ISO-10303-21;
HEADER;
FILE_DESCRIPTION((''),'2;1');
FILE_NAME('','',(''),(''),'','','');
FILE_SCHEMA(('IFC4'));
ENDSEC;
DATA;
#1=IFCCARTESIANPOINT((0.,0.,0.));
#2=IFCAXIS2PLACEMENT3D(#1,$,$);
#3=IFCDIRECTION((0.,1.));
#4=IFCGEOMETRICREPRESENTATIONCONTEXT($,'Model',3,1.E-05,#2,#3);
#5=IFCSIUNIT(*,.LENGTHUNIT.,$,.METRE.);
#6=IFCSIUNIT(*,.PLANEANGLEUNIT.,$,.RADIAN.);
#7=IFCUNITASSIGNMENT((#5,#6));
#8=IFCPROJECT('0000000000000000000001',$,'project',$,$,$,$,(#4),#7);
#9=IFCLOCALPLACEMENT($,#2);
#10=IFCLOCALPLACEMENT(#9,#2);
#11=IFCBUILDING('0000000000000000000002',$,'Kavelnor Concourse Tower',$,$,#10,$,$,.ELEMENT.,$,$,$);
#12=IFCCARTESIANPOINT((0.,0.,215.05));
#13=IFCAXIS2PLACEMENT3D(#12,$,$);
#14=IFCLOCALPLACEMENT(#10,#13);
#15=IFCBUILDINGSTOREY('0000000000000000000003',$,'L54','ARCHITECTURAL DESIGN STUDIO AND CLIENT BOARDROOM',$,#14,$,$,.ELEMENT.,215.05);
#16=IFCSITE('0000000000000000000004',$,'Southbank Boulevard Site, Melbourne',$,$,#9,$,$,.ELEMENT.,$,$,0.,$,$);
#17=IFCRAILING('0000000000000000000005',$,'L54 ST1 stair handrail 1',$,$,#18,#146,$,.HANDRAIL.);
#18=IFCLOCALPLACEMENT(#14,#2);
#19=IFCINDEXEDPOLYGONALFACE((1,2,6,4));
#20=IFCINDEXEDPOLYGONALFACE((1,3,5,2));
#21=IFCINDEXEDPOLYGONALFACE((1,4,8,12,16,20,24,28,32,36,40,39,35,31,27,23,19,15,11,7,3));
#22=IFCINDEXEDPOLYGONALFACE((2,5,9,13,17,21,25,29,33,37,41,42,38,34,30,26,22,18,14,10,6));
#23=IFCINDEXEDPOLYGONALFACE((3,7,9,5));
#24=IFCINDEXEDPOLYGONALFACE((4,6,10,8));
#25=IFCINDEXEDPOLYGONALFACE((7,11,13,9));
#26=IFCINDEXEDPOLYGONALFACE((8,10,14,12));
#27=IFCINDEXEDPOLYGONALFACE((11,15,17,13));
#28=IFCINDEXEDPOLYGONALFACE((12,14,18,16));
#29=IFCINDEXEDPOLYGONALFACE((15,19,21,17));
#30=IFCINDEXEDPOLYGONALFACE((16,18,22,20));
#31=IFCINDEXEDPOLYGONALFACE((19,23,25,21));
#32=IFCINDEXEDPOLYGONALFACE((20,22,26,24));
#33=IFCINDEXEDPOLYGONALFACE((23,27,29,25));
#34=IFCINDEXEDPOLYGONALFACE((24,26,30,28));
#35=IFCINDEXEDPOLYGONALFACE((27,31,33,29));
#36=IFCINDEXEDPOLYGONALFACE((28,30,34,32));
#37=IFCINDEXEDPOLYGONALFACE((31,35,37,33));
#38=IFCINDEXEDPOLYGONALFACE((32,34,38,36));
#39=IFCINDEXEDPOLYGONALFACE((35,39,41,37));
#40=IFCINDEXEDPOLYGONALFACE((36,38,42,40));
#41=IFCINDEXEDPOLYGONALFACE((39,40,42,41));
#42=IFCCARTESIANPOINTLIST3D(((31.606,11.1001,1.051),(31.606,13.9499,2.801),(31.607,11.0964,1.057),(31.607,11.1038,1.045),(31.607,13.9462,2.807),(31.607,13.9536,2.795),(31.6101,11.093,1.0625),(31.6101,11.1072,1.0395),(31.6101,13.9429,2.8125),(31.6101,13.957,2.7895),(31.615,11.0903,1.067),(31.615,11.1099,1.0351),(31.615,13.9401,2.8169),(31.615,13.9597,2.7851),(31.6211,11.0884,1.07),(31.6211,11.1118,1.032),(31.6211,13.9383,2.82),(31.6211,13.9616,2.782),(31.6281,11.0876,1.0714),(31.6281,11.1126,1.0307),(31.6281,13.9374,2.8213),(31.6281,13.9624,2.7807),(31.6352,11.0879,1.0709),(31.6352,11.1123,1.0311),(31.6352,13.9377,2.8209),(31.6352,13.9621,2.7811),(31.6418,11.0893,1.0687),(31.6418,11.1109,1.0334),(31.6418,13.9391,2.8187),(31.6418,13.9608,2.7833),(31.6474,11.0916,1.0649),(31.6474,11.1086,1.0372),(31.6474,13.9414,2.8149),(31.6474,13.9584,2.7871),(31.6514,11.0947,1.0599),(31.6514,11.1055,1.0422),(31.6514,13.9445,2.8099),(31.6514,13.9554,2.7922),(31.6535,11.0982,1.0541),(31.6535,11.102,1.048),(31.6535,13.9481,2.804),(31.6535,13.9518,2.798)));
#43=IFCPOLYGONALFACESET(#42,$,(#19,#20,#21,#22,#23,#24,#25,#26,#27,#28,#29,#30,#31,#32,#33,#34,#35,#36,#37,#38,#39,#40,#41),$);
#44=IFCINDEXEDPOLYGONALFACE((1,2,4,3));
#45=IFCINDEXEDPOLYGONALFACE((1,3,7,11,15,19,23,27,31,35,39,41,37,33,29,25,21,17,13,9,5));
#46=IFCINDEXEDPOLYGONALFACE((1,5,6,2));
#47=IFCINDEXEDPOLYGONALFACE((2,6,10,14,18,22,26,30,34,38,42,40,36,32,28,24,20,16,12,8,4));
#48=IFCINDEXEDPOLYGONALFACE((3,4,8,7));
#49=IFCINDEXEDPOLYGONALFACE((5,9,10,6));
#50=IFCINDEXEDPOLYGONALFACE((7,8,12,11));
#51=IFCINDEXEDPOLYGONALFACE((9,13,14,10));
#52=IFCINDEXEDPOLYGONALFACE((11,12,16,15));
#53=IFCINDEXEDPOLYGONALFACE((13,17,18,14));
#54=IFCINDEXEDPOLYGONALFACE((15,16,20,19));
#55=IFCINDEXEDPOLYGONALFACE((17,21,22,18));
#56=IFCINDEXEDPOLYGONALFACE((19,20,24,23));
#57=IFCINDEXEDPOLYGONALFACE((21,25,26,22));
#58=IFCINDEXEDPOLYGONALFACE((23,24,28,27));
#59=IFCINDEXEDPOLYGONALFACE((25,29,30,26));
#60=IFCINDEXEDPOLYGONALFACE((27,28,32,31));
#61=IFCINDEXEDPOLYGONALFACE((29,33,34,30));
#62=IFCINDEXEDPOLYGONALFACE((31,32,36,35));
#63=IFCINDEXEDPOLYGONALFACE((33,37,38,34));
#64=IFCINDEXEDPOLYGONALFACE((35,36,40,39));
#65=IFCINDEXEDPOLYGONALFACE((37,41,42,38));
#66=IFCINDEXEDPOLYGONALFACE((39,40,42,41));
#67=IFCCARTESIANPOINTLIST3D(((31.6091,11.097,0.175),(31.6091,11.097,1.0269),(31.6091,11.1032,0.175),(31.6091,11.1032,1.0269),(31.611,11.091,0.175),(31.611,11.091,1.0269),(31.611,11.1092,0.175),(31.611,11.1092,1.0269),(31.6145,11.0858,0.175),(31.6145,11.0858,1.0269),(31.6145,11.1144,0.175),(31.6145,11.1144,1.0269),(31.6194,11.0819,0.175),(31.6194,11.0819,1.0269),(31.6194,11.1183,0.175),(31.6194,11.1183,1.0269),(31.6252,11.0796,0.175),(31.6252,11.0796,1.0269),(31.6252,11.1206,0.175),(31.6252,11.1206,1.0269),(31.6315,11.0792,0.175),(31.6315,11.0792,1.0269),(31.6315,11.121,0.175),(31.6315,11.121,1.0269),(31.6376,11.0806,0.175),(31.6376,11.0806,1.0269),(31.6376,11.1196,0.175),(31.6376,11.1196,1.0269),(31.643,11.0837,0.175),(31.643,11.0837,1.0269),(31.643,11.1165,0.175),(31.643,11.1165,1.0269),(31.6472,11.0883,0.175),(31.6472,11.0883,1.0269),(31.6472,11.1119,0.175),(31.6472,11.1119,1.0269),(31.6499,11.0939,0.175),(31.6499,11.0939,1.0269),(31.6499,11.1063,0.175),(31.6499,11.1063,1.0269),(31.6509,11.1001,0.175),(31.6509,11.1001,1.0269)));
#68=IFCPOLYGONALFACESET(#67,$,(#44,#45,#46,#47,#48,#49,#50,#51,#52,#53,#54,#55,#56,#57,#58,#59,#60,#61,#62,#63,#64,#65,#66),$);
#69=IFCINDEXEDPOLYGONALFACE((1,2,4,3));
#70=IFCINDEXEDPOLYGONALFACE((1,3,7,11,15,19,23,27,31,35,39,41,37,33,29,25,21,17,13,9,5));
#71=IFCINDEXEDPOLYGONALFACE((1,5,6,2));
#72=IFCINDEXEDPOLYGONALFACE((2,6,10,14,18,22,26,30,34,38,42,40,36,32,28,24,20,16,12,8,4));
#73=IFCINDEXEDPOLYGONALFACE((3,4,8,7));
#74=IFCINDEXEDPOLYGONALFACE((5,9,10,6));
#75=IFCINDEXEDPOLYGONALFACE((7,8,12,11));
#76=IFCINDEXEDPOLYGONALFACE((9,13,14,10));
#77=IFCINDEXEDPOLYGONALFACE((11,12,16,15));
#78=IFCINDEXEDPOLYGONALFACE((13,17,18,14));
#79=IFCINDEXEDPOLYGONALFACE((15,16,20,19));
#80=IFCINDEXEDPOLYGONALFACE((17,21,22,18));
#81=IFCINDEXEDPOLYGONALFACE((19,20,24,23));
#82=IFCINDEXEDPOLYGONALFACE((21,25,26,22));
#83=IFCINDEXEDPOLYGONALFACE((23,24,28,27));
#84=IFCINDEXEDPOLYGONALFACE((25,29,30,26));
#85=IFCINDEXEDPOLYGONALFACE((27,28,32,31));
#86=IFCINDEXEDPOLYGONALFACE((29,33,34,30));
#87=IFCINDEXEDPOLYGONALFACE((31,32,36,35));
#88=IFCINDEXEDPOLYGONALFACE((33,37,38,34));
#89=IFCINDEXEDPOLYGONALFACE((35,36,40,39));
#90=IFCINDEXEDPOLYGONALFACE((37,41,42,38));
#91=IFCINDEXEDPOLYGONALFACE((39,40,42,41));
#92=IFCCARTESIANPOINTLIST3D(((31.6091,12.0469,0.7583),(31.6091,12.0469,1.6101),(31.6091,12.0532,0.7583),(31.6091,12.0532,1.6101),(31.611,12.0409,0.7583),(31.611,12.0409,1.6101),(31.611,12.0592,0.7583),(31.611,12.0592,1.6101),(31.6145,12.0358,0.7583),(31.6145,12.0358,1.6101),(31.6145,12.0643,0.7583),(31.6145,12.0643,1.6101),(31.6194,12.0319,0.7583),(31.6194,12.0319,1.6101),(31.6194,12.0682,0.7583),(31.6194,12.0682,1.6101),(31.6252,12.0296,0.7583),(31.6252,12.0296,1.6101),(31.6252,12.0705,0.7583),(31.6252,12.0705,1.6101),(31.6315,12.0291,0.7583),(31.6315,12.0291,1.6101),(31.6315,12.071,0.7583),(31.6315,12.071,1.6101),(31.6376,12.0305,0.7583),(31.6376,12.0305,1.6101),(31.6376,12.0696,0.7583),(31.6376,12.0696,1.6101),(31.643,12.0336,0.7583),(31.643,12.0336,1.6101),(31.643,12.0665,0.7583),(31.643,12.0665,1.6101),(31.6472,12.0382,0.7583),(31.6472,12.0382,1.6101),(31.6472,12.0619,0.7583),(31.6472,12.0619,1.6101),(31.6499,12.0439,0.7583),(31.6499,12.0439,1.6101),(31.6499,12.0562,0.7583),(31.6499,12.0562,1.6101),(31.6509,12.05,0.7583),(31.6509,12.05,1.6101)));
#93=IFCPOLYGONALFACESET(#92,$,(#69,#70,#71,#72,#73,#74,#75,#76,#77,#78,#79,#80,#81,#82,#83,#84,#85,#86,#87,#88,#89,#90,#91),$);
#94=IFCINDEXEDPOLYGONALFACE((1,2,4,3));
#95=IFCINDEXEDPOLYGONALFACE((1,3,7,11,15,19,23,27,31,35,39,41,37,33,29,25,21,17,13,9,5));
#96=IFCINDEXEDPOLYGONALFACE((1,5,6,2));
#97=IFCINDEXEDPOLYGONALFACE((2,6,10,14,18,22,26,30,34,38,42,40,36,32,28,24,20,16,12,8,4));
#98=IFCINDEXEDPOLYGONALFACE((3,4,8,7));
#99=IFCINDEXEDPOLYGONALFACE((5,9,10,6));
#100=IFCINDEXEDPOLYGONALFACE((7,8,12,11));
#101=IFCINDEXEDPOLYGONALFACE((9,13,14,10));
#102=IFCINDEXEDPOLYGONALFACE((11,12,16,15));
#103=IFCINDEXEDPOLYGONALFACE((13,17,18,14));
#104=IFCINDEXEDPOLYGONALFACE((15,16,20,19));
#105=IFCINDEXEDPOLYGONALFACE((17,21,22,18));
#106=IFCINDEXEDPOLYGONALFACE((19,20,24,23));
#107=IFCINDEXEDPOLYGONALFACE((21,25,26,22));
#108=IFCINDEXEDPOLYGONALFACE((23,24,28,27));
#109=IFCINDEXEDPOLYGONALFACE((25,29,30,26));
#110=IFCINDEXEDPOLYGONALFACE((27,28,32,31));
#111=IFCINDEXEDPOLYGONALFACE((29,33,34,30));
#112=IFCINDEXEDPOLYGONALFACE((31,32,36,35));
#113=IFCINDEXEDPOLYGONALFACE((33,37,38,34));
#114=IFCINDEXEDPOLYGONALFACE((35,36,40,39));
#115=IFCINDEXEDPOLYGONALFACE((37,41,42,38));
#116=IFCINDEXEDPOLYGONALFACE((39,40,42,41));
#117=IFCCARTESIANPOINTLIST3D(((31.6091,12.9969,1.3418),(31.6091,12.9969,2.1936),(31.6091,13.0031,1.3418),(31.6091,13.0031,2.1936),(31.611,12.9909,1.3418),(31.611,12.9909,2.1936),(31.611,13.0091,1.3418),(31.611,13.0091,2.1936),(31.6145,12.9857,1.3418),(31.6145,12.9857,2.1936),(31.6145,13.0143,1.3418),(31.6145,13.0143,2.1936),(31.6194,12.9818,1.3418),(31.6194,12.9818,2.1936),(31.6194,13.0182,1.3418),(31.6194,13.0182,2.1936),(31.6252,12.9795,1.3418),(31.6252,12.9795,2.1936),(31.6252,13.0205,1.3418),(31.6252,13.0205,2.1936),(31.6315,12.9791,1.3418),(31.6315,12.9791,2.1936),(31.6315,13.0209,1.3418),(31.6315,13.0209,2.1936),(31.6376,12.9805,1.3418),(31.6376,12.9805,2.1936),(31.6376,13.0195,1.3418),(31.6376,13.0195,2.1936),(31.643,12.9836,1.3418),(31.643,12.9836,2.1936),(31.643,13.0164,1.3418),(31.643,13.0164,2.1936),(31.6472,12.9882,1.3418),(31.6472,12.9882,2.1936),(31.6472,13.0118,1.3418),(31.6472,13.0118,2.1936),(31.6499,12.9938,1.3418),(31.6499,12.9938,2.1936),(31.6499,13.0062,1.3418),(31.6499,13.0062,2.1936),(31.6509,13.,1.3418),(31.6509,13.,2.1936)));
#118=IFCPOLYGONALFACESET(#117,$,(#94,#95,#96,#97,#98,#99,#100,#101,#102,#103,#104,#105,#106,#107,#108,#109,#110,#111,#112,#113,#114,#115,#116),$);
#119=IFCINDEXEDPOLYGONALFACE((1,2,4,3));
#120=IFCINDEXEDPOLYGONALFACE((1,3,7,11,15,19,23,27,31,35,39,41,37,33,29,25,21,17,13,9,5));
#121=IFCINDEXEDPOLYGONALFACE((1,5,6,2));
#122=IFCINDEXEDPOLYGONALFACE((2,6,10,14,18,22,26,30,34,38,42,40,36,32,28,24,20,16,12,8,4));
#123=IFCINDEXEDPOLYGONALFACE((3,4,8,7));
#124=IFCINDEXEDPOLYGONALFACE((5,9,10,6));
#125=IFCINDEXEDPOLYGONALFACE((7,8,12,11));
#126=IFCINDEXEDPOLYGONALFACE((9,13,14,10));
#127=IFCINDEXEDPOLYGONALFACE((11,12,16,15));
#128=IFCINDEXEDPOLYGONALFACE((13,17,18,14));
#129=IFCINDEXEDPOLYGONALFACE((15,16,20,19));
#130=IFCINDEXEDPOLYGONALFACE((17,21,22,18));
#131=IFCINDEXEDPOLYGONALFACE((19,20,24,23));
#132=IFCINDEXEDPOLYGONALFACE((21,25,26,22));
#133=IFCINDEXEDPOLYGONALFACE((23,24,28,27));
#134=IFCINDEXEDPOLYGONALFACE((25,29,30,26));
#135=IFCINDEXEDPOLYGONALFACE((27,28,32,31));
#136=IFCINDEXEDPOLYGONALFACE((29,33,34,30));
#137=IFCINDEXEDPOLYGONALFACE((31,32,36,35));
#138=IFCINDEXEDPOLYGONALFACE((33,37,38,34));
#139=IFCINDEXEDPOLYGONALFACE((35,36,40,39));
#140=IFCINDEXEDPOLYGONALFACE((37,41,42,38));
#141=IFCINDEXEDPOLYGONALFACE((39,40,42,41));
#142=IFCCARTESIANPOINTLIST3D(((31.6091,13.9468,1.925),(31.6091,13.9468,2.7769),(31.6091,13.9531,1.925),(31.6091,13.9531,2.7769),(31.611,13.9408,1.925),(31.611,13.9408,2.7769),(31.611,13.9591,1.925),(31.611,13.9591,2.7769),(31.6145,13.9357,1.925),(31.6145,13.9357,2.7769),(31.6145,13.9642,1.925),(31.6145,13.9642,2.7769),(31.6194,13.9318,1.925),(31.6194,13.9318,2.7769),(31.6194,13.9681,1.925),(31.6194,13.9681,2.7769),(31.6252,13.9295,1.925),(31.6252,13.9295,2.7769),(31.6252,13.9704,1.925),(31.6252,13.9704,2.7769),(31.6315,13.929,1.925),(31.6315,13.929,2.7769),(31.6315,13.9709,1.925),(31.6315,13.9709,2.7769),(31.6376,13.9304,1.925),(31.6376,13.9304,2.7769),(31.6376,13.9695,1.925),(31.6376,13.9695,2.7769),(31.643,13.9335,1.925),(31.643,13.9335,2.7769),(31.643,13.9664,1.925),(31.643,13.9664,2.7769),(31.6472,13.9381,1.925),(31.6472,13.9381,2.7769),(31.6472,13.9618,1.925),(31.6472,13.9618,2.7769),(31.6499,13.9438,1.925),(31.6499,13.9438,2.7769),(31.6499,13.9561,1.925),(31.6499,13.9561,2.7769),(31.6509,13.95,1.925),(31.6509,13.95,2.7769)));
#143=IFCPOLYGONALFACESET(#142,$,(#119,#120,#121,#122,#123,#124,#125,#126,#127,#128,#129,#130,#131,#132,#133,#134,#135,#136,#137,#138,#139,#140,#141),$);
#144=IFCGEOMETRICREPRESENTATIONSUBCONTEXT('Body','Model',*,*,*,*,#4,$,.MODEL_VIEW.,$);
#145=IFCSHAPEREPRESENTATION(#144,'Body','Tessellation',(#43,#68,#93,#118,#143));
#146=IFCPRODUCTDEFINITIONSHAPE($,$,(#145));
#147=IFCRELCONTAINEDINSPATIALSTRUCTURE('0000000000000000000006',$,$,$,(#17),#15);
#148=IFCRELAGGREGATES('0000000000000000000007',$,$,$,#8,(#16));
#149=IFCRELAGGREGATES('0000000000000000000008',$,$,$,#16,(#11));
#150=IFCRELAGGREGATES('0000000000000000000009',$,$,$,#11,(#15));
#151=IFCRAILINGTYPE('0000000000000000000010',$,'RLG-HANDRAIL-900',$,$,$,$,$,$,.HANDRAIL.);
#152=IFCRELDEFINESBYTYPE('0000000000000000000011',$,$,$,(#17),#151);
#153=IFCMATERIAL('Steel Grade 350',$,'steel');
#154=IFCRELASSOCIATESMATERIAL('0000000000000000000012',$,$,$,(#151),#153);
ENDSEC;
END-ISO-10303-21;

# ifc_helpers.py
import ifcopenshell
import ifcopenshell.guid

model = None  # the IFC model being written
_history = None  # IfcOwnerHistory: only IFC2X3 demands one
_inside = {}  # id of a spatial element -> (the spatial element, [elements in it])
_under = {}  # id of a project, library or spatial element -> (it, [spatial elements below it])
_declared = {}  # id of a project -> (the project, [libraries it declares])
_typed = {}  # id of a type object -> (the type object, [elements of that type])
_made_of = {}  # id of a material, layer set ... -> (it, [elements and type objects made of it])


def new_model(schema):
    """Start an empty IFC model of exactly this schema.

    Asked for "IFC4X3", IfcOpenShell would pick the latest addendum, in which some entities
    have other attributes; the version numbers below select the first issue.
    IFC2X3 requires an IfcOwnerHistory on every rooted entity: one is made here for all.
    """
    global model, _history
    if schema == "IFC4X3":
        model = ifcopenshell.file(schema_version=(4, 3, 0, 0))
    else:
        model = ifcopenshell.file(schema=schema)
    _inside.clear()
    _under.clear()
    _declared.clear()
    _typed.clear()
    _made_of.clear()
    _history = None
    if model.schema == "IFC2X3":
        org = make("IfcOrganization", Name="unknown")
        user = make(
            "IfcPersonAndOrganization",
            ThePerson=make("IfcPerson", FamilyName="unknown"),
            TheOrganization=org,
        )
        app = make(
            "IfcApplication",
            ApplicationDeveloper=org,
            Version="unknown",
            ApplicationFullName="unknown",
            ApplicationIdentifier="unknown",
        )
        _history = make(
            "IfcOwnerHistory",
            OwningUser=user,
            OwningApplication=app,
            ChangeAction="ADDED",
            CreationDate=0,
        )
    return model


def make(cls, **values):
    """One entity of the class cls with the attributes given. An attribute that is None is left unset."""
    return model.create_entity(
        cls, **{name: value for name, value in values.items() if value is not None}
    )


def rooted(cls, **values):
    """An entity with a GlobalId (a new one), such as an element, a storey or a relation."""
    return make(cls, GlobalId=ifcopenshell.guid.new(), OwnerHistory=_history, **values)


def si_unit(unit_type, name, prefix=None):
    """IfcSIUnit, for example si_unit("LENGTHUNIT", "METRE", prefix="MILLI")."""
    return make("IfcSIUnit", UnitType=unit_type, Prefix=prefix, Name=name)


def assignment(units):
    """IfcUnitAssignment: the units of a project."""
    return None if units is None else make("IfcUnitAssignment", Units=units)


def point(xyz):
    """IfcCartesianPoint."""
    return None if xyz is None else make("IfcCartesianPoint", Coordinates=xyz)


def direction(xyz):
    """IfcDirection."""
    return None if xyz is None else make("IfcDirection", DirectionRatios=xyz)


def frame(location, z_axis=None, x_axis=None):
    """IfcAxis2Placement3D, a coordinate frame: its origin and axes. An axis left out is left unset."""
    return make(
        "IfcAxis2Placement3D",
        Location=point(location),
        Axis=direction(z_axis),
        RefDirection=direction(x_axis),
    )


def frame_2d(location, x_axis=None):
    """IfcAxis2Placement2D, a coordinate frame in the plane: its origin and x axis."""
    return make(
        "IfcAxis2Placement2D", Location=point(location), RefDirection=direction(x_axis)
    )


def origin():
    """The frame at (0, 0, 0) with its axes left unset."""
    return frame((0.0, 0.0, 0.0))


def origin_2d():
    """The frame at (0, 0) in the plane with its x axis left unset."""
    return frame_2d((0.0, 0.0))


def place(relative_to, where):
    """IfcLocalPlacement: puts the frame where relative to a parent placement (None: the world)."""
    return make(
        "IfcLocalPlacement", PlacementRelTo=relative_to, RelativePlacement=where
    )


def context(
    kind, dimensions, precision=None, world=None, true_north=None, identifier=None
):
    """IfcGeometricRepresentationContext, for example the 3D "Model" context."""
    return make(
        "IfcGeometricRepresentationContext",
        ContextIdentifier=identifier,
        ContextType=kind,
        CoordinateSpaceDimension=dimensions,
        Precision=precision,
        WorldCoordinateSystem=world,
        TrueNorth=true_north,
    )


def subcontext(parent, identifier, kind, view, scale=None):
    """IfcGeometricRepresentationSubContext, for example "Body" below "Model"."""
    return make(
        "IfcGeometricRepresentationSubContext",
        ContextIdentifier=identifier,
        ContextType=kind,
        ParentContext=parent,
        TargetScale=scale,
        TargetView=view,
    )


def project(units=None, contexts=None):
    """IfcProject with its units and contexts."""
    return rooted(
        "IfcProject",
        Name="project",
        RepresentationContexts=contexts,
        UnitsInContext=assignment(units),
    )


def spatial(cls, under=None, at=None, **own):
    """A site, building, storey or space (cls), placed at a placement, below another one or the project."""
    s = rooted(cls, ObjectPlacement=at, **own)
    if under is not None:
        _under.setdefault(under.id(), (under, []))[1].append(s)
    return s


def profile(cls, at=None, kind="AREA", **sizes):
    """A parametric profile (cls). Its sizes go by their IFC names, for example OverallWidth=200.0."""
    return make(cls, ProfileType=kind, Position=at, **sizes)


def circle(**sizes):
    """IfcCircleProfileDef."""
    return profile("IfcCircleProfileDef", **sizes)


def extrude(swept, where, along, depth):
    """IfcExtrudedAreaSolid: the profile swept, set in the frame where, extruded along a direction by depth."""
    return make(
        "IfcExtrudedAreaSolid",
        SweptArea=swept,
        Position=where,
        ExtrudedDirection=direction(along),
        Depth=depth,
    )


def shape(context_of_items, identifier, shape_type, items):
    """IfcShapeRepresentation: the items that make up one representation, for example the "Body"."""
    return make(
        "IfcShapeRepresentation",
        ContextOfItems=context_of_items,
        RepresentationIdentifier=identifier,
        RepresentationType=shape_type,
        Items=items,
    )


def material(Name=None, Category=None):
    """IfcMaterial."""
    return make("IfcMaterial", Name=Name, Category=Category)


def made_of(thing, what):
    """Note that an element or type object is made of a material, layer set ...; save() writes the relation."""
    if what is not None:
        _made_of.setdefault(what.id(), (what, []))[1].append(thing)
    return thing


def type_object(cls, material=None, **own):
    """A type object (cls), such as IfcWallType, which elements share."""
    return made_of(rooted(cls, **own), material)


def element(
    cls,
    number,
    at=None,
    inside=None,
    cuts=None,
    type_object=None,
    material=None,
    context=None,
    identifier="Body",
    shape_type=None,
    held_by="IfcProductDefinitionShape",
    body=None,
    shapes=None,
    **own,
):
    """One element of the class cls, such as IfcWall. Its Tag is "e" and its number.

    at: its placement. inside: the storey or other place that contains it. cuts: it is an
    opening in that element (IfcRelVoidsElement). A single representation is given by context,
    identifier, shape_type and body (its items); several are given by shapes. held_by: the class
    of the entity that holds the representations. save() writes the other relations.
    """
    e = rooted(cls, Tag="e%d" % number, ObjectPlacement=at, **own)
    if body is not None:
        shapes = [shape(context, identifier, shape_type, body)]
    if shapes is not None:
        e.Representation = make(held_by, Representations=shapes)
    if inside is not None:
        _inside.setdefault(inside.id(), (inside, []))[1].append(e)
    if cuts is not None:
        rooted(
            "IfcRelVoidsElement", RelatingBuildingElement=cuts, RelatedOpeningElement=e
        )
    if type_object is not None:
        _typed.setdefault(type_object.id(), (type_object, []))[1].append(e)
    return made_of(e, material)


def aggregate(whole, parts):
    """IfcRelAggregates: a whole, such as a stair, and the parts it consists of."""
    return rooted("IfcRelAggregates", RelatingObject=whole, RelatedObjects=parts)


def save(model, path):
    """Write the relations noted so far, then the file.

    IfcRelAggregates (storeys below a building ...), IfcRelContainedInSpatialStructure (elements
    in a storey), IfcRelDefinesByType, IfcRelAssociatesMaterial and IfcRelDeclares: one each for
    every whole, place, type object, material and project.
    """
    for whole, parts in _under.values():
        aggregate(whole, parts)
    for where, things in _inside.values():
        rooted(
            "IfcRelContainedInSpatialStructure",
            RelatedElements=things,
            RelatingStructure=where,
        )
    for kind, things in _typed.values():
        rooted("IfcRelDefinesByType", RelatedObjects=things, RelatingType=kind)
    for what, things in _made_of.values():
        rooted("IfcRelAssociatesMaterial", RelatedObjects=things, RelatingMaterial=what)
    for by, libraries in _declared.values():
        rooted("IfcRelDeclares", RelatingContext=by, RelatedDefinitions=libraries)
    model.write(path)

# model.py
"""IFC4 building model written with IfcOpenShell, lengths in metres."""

from ifc_helpers import new_model, si_unit, direction, frame, origin, origin_2d, place, context, subcontext, project, spatial, circle, extrude, material, type_object, element, save


model = new_model("IFC4")

# Units and contexts
model_context = context("Model", 3, precision=1e-05, world=origin(), true_north=direction((0.0, 1.0)))
body_context = subcontext(model_context, "Body", "Model", "MODEL_VIEW")
ifc_project = project(units=[si_unit("LENGTHUNIT", "METRE"), si_unit("PLANEANGLEUNIT", "RADIAN")], contexts=[model_context])

# Site, building, storey
site_placement = place(None, origin())
site = spatial("IfcSite", under=ifc_project, at=site_placement, Name="Southbank Boulevard Site, Melbourne", CompositionType="ELEMENT", RefElevation=0.0)
building_placement = place(site_placement, origin())
building = spatial("IfcBuilding", under=site, at=building_placement, Name="Kavelnor Concourse Tower", CompositionType="ELEMENT")
storey_placement = place(building_placement, frame((0.0, 0.0, 215.05)))
storey = spatial("IfcBuildingStorey", under=building, at=storey_placement, Name="L54", Description="ARCHITECTURAL DESIGN STUDIO AND CLIENT BOARDROOM", CompositionType="ELEMENT", Elevation=215.05)

# Shared definitions
ifc_material_1 = material(Name="Steel Grade 350", Category="steel")

# Railing
railing_type_1 = type_object("IfcRailingType", Name="RLG-HANDRAIL-900", PredefinedType="HANDRAIL", material=ifc_material_1)
railing_1_placement = place(storey_placement, frame((31.6299, 11.1001, 0.175)))
element("IfcRailing", 1, at=railing_1_placement, inside=storey, type_object=railing_type_1, Name="L54 ST1 stair handrail 1", PredefinedType="HANDRAIL", context=body_context, shape_type="SweptSolid", body=[
    extrude(circle(Radius=0.0239, at=origin_2d()), frame((0.0, 0.0, 0.876), z_axis=(0.0, 0.852159, 0.523283), x_axis=(-1.0, 0.0, 0.0)), (0.0, 0.0, 1.0), 3.3442),
    extrude(circle(Radius=0.021, at=origin_2d()), origin(), (0.0, 0.0, 1.0), 0.8518),
    extrude(circle(Radius=0.021, at=origin_2d()), frame((0.0, 0.95, 0.5833)), (0.0, 0.0, 1.0), 0.8518),
    extrude(circle(Radius=0.021, at=origin_2d()), frame((0.0, 1.8999, 1.1667)), (0.0, 0.0, 1.0), 0.8518),
    extrude(circle(Radius=0.021, at=origin_2d()), frame((0.0, 2.8499, 1.75)), (0.0, 0.0, 1.0), 0.8518),
])

save(model, "model.ifc")
